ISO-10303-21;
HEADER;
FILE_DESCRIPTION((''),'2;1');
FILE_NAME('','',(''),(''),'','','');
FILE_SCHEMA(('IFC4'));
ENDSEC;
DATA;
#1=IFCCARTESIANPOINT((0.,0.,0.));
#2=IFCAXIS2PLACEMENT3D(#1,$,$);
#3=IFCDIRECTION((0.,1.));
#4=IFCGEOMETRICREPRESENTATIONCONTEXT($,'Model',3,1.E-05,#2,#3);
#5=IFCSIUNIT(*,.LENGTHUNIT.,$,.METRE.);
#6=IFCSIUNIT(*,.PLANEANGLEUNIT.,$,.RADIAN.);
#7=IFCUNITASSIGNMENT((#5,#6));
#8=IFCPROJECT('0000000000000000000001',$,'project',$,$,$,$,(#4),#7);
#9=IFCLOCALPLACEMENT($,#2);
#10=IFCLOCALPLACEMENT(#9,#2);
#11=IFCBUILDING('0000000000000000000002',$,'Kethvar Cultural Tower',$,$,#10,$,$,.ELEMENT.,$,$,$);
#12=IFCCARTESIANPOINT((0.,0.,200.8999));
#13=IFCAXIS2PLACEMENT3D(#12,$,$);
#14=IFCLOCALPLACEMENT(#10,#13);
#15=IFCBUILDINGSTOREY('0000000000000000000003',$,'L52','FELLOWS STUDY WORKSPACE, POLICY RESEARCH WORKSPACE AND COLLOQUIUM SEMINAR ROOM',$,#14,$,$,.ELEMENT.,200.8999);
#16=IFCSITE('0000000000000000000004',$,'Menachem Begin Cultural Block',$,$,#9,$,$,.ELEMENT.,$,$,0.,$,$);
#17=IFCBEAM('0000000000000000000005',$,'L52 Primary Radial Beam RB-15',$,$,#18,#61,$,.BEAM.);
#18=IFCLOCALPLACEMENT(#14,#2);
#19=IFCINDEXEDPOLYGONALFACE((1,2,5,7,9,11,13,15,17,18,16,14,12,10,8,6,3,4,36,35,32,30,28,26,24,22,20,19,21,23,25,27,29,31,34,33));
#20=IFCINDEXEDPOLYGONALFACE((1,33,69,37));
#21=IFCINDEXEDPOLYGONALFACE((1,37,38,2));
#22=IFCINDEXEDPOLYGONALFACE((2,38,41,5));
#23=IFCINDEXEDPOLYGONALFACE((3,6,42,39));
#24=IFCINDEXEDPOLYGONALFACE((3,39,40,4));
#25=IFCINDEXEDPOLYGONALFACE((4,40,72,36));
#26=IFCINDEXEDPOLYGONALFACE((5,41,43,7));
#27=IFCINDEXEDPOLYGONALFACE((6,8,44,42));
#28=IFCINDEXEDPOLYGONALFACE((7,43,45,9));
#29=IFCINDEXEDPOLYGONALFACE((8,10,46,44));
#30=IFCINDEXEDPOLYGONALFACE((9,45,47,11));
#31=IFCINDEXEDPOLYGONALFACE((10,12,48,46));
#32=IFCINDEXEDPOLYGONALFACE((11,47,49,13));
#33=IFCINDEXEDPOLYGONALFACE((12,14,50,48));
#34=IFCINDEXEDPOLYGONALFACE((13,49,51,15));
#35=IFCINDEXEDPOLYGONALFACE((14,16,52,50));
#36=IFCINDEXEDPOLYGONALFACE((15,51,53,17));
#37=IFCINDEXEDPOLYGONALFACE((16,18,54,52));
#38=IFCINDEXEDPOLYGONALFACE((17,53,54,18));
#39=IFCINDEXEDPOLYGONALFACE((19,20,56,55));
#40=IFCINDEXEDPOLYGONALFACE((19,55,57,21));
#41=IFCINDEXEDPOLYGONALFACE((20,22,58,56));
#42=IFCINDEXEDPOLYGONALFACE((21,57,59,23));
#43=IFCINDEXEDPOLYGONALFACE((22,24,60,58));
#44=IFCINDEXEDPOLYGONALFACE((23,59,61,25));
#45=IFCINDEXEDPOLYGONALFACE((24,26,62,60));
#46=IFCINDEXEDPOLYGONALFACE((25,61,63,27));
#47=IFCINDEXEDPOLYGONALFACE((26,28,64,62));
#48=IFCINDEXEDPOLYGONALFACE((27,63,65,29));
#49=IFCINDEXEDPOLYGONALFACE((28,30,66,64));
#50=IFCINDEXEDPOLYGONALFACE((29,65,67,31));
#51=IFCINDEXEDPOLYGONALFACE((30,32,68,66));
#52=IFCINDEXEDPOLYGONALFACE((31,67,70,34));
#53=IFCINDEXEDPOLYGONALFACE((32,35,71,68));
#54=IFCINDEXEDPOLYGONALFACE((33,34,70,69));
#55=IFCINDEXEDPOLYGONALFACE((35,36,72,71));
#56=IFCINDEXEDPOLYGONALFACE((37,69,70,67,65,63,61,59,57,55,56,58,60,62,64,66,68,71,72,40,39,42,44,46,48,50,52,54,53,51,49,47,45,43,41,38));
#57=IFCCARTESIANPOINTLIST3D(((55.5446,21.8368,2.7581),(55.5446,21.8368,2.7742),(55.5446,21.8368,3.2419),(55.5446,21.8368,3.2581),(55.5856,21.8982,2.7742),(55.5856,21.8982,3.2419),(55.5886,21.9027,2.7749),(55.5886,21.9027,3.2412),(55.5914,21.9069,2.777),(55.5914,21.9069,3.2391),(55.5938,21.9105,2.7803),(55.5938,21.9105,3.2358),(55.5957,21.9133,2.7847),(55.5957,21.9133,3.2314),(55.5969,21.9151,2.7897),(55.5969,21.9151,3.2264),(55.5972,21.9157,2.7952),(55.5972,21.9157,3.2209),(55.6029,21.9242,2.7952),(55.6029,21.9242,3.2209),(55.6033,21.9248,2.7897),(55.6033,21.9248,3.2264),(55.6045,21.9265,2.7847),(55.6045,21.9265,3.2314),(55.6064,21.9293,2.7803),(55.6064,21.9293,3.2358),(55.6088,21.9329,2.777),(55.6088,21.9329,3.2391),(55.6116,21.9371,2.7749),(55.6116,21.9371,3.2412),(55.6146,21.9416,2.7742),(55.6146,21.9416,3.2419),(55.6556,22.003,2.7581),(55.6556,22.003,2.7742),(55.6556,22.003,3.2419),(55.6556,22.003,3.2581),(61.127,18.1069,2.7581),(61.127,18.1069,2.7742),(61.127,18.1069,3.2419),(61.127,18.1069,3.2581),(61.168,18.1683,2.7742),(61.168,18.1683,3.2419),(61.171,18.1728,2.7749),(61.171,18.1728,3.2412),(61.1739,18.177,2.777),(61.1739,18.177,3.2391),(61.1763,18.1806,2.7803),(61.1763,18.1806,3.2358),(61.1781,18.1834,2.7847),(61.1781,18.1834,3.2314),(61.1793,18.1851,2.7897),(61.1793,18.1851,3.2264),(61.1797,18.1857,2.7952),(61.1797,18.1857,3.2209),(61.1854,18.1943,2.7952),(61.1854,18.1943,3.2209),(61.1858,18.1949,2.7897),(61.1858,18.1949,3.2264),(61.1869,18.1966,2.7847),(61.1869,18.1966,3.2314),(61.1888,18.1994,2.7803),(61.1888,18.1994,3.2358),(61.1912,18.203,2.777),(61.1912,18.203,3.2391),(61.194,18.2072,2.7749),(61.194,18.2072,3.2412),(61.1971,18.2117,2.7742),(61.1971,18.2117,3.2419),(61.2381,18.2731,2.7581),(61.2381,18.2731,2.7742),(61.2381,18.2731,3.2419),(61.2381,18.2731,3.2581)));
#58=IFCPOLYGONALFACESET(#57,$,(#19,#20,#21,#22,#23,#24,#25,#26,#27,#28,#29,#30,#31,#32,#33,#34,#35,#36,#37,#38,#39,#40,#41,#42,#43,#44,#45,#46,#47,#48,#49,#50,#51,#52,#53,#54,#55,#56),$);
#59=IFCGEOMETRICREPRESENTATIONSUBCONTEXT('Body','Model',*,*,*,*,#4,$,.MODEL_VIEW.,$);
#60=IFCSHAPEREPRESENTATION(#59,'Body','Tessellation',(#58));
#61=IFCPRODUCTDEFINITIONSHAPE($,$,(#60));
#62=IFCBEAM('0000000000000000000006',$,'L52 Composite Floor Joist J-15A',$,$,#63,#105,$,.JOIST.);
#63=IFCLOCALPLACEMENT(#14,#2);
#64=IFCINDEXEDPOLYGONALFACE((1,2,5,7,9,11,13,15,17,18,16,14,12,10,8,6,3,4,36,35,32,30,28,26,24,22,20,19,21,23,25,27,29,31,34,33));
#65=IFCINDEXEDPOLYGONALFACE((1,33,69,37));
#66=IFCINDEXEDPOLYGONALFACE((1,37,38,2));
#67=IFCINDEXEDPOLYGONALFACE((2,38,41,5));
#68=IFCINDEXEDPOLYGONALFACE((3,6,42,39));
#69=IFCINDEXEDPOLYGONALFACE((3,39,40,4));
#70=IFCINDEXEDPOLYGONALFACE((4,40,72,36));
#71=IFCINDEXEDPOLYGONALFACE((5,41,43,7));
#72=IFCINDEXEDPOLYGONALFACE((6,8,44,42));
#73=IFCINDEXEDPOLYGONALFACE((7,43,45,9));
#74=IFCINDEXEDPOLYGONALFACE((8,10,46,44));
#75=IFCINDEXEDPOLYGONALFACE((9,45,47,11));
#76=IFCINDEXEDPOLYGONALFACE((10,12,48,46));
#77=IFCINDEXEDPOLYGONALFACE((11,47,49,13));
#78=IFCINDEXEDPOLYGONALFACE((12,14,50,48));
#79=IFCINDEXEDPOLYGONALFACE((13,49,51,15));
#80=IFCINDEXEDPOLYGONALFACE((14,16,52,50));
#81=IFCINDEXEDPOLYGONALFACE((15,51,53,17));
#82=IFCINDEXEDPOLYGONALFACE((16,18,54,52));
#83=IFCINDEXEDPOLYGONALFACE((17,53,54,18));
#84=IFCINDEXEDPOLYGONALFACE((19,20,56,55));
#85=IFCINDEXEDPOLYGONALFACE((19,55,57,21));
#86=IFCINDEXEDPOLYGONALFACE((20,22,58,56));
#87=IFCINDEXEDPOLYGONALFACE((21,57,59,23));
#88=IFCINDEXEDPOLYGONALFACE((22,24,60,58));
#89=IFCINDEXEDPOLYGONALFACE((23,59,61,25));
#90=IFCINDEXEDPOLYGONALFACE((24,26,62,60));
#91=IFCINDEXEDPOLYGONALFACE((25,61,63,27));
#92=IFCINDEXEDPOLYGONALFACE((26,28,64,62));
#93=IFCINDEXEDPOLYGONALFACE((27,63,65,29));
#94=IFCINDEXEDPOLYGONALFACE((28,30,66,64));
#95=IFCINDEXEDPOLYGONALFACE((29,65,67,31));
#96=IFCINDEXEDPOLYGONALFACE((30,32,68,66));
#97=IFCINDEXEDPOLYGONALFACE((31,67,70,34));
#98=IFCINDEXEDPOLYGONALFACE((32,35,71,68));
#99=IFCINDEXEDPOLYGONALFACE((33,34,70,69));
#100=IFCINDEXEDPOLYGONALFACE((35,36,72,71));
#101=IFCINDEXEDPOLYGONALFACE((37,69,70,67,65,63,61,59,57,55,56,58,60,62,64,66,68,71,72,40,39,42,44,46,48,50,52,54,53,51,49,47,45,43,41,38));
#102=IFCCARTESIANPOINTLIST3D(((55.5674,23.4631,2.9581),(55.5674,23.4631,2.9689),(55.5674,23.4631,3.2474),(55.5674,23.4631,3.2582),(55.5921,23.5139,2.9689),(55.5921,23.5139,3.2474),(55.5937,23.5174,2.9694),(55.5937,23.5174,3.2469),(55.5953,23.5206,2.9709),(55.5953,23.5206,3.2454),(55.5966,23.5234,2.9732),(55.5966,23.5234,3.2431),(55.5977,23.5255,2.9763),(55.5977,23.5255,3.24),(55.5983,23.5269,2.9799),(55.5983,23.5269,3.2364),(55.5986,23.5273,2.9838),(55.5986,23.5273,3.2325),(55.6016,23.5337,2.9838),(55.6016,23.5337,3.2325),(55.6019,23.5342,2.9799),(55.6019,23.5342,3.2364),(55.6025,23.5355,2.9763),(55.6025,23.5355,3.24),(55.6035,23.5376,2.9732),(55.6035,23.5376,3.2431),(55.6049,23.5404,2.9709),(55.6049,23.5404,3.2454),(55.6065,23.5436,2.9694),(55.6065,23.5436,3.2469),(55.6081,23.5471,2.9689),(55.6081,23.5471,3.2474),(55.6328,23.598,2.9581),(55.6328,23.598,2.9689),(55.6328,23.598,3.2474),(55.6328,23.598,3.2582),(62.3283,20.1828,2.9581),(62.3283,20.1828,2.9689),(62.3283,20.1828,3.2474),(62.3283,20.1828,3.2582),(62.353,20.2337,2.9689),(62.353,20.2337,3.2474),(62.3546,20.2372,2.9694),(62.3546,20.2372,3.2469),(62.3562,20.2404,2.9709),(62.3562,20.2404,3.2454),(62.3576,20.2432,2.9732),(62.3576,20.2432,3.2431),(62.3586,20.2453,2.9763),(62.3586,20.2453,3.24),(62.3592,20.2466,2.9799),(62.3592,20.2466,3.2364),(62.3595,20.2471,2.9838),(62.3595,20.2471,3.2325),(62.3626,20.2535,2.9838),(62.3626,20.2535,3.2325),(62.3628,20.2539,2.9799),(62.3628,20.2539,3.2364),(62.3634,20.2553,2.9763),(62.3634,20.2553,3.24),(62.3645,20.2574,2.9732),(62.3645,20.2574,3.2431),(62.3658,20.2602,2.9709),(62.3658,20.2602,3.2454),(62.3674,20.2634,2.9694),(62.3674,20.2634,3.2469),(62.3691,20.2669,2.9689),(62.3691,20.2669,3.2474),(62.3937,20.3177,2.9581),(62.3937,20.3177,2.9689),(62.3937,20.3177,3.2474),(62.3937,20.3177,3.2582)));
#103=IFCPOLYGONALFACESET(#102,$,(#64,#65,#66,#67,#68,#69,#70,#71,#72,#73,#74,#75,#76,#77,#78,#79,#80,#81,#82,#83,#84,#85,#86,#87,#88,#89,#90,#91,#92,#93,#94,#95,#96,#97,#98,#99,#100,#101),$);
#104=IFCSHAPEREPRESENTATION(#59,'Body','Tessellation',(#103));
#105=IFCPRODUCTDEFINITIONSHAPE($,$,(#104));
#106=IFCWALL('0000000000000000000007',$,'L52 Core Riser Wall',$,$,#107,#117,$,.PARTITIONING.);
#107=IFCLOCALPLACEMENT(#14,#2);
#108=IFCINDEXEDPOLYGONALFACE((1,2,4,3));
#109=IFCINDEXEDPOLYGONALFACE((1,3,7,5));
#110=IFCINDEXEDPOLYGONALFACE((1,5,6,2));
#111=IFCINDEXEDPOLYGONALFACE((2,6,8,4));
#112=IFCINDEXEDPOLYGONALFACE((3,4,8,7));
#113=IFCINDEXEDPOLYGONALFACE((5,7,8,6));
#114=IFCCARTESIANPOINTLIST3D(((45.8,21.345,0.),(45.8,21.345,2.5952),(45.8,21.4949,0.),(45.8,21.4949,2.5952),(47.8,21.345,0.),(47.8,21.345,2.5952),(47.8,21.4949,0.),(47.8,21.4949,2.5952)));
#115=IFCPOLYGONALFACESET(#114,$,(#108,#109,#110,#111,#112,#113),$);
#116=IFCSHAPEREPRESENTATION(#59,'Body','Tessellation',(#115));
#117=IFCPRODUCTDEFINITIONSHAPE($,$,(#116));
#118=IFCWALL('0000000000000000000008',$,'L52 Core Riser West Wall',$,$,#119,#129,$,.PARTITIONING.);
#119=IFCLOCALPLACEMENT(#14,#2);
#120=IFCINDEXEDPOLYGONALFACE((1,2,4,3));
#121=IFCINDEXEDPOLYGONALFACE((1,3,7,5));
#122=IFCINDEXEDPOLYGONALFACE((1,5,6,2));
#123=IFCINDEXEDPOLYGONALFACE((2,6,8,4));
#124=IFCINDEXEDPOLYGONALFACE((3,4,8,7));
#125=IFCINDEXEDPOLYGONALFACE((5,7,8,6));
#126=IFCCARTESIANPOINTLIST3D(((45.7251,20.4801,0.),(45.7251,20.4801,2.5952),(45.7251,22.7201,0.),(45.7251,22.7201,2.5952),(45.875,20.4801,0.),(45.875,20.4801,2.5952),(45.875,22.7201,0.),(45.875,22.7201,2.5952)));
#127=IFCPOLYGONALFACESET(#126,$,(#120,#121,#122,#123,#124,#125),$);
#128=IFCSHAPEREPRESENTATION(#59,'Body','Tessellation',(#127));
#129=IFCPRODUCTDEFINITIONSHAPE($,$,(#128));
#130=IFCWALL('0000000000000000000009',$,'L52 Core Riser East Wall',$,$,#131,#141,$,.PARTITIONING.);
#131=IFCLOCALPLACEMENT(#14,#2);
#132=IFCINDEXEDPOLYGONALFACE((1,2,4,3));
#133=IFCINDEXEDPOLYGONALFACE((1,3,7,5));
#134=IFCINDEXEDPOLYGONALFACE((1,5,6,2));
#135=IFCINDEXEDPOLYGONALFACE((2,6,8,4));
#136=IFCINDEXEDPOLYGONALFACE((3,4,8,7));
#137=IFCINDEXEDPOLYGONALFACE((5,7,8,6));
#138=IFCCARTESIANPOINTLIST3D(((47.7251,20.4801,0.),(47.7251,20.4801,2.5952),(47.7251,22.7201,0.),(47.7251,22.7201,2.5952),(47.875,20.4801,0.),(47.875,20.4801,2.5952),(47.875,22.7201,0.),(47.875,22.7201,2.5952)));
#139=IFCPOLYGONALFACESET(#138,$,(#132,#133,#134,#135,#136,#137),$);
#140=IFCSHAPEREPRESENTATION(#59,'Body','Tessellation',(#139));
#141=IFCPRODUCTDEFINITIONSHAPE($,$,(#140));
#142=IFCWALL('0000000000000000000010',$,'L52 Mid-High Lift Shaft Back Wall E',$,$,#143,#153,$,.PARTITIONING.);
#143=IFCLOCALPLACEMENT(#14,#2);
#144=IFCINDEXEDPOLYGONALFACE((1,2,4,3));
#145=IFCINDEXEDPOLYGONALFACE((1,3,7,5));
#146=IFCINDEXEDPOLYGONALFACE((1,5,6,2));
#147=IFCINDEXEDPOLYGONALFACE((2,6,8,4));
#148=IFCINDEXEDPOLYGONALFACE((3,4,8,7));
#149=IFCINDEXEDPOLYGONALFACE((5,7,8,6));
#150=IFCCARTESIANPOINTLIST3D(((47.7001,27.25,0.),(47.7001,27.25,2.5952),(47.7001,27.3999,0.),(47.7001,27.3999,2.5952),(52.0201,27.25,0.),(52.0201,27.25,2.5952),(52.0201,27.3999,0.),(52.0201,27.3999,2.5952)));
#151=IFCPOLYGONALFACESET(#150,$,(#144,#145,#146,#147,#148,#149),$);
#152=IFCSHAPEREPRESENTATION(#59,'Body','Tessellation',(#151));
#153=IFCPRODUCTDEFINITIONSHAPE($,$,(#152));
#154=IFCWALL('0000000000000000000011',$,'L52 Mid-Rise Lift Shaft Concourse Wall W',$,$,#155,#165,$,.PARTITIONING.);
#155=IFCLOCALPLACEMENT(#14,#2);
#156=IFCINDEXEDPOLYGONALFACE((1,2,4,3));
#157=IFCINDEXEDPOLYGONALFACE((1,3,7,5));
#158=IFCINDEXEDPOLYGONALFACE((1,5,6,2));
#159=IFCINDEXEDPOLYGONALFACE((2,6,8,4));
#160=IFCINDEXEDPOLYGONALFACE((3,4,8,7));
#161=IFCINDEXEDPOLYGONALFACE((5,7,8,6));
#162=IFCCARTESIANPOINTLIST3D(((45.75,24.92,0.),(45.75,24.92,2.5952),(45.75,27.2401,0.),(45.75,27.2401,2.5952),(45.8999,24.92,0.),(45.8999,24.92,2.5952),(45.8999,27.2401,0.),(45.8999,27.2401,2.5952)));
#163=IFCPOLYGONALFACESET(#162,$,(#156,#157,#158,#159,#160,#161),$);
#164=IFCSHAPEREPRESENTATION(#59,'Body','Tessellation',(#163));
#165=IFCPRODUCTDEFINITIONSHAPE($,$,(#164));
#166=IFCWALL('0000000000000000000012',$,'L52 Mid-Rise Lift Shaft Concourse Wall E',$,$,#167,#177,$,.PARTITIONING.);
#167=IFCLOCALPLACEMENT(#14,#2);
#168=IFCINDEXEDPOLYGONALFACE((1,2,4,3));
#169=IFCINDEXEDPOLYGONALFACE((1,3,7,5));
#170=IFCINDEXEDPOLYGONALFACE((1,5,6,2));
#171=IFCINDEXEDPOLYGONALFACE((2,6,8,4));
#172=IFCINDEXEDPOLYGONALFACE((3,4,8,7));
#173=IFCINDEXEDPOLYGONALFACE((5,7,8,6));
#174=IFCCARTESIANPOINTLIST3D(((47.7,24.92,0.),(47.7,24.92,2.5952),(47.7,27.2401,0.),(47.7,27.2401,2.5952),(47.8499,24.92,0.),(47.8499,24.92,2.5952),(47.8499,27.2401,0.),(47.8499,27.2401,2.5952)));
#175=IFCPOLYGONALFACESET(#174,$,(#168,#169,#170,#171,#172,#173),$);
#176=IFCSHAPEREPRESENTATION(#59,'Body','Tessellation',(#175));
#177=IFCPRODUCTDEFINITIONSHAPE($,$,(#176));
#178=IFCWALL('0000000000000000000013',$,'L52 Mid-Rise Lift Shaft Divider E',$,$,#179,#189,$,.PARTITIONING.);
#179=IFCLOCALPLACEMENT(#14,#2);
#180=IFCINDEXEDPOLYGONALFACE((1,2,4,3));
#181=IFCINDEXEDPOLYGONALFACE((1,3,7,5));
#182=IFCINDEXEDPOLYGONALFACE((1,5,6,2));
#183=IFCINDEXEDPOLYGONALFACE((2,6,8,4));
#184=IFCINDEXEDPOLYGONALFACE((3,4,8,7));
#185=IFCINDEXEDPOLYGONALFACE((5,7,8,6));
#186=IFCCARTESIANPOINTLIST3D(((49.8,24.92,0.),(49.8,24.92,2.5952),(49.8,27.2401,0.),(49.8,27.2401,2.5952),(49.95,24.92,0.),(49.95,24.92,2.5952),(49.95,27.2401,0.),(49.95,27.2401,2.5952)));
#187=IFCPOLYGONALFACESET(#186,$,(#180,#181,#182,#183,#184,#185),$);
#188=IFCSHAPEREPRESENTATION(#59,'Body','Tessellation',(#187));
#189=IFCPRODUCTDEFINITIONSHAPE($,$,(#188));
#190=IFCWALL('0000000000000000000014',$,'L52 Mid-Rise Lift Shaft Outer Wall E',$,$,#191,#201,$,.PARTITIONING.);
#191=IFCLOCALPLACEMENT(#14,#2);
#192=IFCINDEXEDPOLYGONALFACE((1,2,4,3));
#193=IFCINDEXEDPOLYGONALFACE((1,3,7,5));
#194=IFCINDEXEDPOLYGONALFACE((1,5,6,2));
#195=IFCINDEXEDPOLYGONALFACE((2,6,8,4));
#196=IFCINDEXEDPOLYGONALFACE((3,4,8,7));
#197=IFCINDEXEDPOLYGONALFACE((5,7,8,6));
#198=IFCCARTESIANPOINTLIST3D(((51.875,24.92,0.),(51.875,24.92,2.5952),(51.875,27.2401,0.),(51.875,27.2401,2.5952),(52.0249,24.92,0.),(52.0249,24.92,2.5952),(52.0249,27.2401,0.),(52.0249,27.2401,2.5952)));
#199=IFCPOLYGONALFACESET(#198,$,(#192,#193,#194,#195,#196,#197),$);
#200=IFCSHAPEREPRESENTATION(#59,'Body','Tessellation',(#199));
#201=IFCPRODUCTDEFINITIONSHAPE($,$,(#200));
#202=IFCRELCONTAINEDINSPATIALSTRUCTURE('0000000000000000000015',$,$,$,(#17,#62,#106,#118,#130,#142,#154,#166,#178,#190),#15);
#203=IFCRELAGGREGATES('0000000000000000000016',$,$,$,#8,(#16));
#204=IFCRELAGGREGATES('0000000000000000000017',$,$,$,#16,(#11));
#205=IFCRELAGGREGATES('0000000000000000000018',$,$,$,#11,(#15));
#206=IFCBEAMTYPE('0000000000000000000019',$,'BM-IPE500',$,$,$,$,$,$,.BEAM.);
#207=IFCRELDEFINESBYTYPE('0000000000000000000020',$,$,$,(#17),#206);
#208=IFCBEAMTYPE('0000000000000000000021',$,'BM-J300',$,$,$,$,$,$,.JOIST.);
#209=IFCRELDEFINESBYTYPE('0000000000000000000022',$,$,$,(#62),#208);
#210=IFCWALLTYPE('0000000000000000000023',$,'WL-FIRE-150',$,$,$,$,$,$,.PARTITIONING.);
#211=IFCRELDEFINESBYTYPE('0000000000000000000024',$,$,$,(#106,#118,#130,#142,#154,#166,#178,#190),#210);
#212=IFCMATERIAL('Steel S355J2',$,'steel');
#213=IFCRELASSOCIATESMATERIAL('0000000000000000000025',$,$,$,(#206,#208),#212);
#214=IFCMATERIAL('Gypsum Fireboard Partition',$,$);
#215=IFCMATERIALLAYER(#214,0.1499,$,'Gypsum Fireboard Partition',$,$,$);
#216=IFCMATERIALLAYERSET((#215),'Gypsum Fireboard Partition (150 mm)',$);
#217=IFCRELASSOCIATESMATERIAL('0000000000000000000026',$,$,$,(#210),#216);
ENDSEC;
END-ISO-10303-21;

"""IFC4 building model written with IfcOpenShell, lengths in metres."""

from ifc_helpers import new_model, si_unit, direction, frame, frame_2d, origin, origin_2d, place, context, subcontext, project, spatial, rectangle, i_section, extrude, source, transform, mapped, material, layer, layer_set, material_profile, profile_set, type_object, element, save


model = new_model("IFC4")

# Units and contexts
model_context = context("Model", 3, precision=1e-05, world=origin(), true_north=direction((0.0, 1.0)))
body_context = subcontext(model_context, "Body", "Model", "MODEL_VIEW")
ifc_project = project(units=[si_unit("LENGTHUNIT", "METRE"), si_unit("PLANEANGLEUNIT", "RADIAN")], contexts=[model_context])

# Site, building, storey
site_placement = place(None, origin())
site = spatial("IfcSite", under=ifc_project, at=site_placement, Name="Menachem Begin Cultural Block", CompositionType="ELEMENT", RefElevation=0.0)
building_placement = place(site_placement, origin())
building = spatial("IfcBuilding", under=site, at=building_placement, Name="Kethvar Cultural Tower", CompositionType="ELEMENT")
storey_placement = place(building_placement, frame((0.0, 0.0, 200.8999)))
storey = spatial("IfcBuildingStorey", under=building, at=storey_placement, Name="L52", Description="FELLOWS STUDY WORKSPACE, POLICY RESEARCH WORKSPACE AND COLLOQUIUM SEMINAR ROOM", CompositionType="ELEMENT", Elevation=200.8999)

# Beams
ifc_material_1 = material(Name="Steel S355J2", Category="steel")
ifc_material_profile_1 = material_profile(ifc_material_1, i_section(OverallWidth=0.2, OverallDepth=0.5, WebThickness=0.0103, FlangeThickness=0.0161, FilletRadius=0.021, at=origin_2d()), Name="Steel S355J2 — IPE500")
ifc_profile_set_1 = profile_set([ifc_material_profile_1], Name="Steel S355J2 — IPE500")
beam_type_1 = type_object("IfcBeamType", Name="BM-IPE500", PredefinedType="BEAM", material=ifc_profile_set_1)
shared_shape_1 = source(origin(), body_context, "Body", "SweptSolid", [
    extrude(i_section(OverallWidth=0.2, OverallDepth=0.5, WebThickness=0.0103, FlangeThickness=0.0161, FilletRadius=0.021, at=origin_2d()), origin(), (0.0, 0.0, 1.0), 6.7139),
])
beam_1_placement = place(storey_placement, frame((55.6001, 21.9199, 3.0081), z_axis=(0.831479, -0.555556, 0.0), x_axis=(0.555556, 0.831479, 0.0)))
element("IfcBeam", 1, at=beam_1_placement, inside=storey, type_object=beam_type_1, Name="L52 Primary Radial Beam RB-15", PredefinedType="BEAM", context=body_context, shape_type="MappedRepresentation", body=[
    mapped(shared_shape_1, transform((0.0, 0.0, 0.0), scale=1.0)),
])
ifc_material_profile_2 = material_profile(ifc_material_1, i_section(OverallWidth=0.1499, OverallDepth=0.3, WebThickness=0.0071, FlangeThickness=0.0107, FilletRadius=0.0149, at=origin_2d()), Name="Steel S355J2 — IPE300")
ifc_profile_set_2 = profile_set([ifc_material_profile_2], Name="Steel S355J2 — IPE300")
beam_type_2 = type_object("IfcBeamType", Name="BM-J300", PredefinedType="JOIST", material=ifc_profile_set_2)
shared_shape_2 = source(origin(), body_context, "Body", "SweptSolid", [
    extrude(i_section(OverallWidth=0.1499, OverallDepth=0.3, WebThickness=0.0071, FlangeThickness=0.0107, FilletRadius=0.0149, at=origin_2d()), origin(), (0.0, 0.0, 1.0), 7.5146),
])
beam_2_placement = place(storey_placement, frame((55.6001, 23.5305, 3.1082), z_axis=(0.899698, -0.436513, 0.0), x_axis=(0.436513, 0.899698, 0.0)))
element("IfcBeam", 2, at=beam_2_placement, inside=storey, type_object=beam_type_2, Name="L52 Composite Floor Joist J-15A", PredefinedType="JOIST", context=body_context, shape_type="MappedRepresentation", body=[
    mapped(shared_shape_2, transform((0.0, 0.0, 0.0), scale=1.0)),
])

# Walls
ifc_material_2 = material(Name="Gypsum Fireboard Partition")
ifc_layer_1 = layer(ifc_material_2, 0.1499, Name="Gypsum Fireboard Partition")
ifc_layer_set_1 = layer_set([ifc_layer_1], Name="Gypsum Fireboard Partition (150 mm)")
wall_type_1 = type_object("IfcWallType", Name="WL-FIRE-150", PredefinedType="PARTITIONING", material=ifc_layer_set_1)
wall_1_placement = place(storey_placement, frame((45.8, 21.4199, 0.0), z_axis=(0.0, 0.0, 1.0), x_axis=(1.0, 0.0, 0.0)))
element("IfcWall", 3, at=wall_1_placement, inside=storey, type_object=wall_type_1, Name="L52 Core Riser Wall", PredefinedType="PARTITIONING", context=body_context, shape_type="SweptSolid", body=[
    extrude(rectangle(XDim=2.0, YDim=0.1499, at=frame_2d((1.0, 0.0))), origin(), (0.0, 0.0, 1.0), 2.5952),
])
for number, where, z_axis, x_axis, name in (
    (4, (45.8, 20.48, 0.0), (0.0, 0.0, 1.0), (0.0, 1.0, 0.0), "L52 Core Riser West Wall"),
    (5, (47.8, 20.48, 0.0), (0.0, 0.0, 1.0), (0.0, 1.0, 0.0), "L52 Core Riser East Wall"),
):
    element("IfcWall", number, at=place(storey_placement, frame(where, z_axis=z_axis, x_axis=x_axis)), inside=storey, type_object=wall_type_1, Name=name, PredefinedType="PARTITIONING", context=body_context, shape_type="SweptSolid", body=[
        extrude(rectangle(XDim=2.24, YDim=0.1499, at=frame_2d((1.1201, 0.0))), origin(), (0.0, 0.0, 1.0), 2.5952),
    ])
wall_2_placement = place(storey_placement, frame((47.7, 27.325, 0.0), z_axis=(0.0, 0.0, 1.0), x_axis=(1.0, 0.0, 0.0)))
element("IfcWall", 6, at=wall_2_placement, inside=storey, type_object=wall_type_1, Name="L52 Mid-High Lift Shaft Back Wall E", PredefinedType="PARTITIONING", context=body_context, shape_type="SweptSolid", body=[
    extrude(rectangle(XDim=4.3201, YDim=0.1499, at=frame_2d((2.1602, 0.0))), origin(), (0.0, 0.0, 1.0), 2.5952),
])
for number, where, z_axis, x_axis, name in (
    (7, (45.825, 24.9199, 0.0), (0.0, 0.0, 1.0), (0.0, 1.0, 0.0), "L52 Mid-Rise Lift Shaft Concourse Wall W"),
    (8, (47.7749, 24.9199, 0.0), (0.0, 0.0, 1.0), (0.0, 1.0, 0.0), "L52 Mid-Rise Lift Shaft Concourse Wall E"),
    (9, (49.875, 24.9199, 0.0), (0.0, 0.0, 1.0), (0.0, 1.0, 0.0), "L52 Mid-Rise Lift Shaft Divider E"),
    (10, (51.95, 24.9199, 0.0), (0.0, 0.0, 1.0), (0.0, 1.0, 0.0), "L52 Mid-Rise Lift Shaft Outer Wall E"),
):
    element("IfcWall", number, at=place(storey_placement, frame(where, z_axis=z_axis, x_axis=x_axis)), inside=storey, type_object=wall_type_1, Name=name, PredefinedType="PARTITIONING", context=body_context, shape_type="SweptSolid", body=[
        extrude(rectangle(XDim=2.3201, YDim=0.1499, at=frame_2d((1.1602, 0.0))), origin(), (0.0, 0.0, 1.0), 2.5952),
    ])

save(model, "model.ifc")
